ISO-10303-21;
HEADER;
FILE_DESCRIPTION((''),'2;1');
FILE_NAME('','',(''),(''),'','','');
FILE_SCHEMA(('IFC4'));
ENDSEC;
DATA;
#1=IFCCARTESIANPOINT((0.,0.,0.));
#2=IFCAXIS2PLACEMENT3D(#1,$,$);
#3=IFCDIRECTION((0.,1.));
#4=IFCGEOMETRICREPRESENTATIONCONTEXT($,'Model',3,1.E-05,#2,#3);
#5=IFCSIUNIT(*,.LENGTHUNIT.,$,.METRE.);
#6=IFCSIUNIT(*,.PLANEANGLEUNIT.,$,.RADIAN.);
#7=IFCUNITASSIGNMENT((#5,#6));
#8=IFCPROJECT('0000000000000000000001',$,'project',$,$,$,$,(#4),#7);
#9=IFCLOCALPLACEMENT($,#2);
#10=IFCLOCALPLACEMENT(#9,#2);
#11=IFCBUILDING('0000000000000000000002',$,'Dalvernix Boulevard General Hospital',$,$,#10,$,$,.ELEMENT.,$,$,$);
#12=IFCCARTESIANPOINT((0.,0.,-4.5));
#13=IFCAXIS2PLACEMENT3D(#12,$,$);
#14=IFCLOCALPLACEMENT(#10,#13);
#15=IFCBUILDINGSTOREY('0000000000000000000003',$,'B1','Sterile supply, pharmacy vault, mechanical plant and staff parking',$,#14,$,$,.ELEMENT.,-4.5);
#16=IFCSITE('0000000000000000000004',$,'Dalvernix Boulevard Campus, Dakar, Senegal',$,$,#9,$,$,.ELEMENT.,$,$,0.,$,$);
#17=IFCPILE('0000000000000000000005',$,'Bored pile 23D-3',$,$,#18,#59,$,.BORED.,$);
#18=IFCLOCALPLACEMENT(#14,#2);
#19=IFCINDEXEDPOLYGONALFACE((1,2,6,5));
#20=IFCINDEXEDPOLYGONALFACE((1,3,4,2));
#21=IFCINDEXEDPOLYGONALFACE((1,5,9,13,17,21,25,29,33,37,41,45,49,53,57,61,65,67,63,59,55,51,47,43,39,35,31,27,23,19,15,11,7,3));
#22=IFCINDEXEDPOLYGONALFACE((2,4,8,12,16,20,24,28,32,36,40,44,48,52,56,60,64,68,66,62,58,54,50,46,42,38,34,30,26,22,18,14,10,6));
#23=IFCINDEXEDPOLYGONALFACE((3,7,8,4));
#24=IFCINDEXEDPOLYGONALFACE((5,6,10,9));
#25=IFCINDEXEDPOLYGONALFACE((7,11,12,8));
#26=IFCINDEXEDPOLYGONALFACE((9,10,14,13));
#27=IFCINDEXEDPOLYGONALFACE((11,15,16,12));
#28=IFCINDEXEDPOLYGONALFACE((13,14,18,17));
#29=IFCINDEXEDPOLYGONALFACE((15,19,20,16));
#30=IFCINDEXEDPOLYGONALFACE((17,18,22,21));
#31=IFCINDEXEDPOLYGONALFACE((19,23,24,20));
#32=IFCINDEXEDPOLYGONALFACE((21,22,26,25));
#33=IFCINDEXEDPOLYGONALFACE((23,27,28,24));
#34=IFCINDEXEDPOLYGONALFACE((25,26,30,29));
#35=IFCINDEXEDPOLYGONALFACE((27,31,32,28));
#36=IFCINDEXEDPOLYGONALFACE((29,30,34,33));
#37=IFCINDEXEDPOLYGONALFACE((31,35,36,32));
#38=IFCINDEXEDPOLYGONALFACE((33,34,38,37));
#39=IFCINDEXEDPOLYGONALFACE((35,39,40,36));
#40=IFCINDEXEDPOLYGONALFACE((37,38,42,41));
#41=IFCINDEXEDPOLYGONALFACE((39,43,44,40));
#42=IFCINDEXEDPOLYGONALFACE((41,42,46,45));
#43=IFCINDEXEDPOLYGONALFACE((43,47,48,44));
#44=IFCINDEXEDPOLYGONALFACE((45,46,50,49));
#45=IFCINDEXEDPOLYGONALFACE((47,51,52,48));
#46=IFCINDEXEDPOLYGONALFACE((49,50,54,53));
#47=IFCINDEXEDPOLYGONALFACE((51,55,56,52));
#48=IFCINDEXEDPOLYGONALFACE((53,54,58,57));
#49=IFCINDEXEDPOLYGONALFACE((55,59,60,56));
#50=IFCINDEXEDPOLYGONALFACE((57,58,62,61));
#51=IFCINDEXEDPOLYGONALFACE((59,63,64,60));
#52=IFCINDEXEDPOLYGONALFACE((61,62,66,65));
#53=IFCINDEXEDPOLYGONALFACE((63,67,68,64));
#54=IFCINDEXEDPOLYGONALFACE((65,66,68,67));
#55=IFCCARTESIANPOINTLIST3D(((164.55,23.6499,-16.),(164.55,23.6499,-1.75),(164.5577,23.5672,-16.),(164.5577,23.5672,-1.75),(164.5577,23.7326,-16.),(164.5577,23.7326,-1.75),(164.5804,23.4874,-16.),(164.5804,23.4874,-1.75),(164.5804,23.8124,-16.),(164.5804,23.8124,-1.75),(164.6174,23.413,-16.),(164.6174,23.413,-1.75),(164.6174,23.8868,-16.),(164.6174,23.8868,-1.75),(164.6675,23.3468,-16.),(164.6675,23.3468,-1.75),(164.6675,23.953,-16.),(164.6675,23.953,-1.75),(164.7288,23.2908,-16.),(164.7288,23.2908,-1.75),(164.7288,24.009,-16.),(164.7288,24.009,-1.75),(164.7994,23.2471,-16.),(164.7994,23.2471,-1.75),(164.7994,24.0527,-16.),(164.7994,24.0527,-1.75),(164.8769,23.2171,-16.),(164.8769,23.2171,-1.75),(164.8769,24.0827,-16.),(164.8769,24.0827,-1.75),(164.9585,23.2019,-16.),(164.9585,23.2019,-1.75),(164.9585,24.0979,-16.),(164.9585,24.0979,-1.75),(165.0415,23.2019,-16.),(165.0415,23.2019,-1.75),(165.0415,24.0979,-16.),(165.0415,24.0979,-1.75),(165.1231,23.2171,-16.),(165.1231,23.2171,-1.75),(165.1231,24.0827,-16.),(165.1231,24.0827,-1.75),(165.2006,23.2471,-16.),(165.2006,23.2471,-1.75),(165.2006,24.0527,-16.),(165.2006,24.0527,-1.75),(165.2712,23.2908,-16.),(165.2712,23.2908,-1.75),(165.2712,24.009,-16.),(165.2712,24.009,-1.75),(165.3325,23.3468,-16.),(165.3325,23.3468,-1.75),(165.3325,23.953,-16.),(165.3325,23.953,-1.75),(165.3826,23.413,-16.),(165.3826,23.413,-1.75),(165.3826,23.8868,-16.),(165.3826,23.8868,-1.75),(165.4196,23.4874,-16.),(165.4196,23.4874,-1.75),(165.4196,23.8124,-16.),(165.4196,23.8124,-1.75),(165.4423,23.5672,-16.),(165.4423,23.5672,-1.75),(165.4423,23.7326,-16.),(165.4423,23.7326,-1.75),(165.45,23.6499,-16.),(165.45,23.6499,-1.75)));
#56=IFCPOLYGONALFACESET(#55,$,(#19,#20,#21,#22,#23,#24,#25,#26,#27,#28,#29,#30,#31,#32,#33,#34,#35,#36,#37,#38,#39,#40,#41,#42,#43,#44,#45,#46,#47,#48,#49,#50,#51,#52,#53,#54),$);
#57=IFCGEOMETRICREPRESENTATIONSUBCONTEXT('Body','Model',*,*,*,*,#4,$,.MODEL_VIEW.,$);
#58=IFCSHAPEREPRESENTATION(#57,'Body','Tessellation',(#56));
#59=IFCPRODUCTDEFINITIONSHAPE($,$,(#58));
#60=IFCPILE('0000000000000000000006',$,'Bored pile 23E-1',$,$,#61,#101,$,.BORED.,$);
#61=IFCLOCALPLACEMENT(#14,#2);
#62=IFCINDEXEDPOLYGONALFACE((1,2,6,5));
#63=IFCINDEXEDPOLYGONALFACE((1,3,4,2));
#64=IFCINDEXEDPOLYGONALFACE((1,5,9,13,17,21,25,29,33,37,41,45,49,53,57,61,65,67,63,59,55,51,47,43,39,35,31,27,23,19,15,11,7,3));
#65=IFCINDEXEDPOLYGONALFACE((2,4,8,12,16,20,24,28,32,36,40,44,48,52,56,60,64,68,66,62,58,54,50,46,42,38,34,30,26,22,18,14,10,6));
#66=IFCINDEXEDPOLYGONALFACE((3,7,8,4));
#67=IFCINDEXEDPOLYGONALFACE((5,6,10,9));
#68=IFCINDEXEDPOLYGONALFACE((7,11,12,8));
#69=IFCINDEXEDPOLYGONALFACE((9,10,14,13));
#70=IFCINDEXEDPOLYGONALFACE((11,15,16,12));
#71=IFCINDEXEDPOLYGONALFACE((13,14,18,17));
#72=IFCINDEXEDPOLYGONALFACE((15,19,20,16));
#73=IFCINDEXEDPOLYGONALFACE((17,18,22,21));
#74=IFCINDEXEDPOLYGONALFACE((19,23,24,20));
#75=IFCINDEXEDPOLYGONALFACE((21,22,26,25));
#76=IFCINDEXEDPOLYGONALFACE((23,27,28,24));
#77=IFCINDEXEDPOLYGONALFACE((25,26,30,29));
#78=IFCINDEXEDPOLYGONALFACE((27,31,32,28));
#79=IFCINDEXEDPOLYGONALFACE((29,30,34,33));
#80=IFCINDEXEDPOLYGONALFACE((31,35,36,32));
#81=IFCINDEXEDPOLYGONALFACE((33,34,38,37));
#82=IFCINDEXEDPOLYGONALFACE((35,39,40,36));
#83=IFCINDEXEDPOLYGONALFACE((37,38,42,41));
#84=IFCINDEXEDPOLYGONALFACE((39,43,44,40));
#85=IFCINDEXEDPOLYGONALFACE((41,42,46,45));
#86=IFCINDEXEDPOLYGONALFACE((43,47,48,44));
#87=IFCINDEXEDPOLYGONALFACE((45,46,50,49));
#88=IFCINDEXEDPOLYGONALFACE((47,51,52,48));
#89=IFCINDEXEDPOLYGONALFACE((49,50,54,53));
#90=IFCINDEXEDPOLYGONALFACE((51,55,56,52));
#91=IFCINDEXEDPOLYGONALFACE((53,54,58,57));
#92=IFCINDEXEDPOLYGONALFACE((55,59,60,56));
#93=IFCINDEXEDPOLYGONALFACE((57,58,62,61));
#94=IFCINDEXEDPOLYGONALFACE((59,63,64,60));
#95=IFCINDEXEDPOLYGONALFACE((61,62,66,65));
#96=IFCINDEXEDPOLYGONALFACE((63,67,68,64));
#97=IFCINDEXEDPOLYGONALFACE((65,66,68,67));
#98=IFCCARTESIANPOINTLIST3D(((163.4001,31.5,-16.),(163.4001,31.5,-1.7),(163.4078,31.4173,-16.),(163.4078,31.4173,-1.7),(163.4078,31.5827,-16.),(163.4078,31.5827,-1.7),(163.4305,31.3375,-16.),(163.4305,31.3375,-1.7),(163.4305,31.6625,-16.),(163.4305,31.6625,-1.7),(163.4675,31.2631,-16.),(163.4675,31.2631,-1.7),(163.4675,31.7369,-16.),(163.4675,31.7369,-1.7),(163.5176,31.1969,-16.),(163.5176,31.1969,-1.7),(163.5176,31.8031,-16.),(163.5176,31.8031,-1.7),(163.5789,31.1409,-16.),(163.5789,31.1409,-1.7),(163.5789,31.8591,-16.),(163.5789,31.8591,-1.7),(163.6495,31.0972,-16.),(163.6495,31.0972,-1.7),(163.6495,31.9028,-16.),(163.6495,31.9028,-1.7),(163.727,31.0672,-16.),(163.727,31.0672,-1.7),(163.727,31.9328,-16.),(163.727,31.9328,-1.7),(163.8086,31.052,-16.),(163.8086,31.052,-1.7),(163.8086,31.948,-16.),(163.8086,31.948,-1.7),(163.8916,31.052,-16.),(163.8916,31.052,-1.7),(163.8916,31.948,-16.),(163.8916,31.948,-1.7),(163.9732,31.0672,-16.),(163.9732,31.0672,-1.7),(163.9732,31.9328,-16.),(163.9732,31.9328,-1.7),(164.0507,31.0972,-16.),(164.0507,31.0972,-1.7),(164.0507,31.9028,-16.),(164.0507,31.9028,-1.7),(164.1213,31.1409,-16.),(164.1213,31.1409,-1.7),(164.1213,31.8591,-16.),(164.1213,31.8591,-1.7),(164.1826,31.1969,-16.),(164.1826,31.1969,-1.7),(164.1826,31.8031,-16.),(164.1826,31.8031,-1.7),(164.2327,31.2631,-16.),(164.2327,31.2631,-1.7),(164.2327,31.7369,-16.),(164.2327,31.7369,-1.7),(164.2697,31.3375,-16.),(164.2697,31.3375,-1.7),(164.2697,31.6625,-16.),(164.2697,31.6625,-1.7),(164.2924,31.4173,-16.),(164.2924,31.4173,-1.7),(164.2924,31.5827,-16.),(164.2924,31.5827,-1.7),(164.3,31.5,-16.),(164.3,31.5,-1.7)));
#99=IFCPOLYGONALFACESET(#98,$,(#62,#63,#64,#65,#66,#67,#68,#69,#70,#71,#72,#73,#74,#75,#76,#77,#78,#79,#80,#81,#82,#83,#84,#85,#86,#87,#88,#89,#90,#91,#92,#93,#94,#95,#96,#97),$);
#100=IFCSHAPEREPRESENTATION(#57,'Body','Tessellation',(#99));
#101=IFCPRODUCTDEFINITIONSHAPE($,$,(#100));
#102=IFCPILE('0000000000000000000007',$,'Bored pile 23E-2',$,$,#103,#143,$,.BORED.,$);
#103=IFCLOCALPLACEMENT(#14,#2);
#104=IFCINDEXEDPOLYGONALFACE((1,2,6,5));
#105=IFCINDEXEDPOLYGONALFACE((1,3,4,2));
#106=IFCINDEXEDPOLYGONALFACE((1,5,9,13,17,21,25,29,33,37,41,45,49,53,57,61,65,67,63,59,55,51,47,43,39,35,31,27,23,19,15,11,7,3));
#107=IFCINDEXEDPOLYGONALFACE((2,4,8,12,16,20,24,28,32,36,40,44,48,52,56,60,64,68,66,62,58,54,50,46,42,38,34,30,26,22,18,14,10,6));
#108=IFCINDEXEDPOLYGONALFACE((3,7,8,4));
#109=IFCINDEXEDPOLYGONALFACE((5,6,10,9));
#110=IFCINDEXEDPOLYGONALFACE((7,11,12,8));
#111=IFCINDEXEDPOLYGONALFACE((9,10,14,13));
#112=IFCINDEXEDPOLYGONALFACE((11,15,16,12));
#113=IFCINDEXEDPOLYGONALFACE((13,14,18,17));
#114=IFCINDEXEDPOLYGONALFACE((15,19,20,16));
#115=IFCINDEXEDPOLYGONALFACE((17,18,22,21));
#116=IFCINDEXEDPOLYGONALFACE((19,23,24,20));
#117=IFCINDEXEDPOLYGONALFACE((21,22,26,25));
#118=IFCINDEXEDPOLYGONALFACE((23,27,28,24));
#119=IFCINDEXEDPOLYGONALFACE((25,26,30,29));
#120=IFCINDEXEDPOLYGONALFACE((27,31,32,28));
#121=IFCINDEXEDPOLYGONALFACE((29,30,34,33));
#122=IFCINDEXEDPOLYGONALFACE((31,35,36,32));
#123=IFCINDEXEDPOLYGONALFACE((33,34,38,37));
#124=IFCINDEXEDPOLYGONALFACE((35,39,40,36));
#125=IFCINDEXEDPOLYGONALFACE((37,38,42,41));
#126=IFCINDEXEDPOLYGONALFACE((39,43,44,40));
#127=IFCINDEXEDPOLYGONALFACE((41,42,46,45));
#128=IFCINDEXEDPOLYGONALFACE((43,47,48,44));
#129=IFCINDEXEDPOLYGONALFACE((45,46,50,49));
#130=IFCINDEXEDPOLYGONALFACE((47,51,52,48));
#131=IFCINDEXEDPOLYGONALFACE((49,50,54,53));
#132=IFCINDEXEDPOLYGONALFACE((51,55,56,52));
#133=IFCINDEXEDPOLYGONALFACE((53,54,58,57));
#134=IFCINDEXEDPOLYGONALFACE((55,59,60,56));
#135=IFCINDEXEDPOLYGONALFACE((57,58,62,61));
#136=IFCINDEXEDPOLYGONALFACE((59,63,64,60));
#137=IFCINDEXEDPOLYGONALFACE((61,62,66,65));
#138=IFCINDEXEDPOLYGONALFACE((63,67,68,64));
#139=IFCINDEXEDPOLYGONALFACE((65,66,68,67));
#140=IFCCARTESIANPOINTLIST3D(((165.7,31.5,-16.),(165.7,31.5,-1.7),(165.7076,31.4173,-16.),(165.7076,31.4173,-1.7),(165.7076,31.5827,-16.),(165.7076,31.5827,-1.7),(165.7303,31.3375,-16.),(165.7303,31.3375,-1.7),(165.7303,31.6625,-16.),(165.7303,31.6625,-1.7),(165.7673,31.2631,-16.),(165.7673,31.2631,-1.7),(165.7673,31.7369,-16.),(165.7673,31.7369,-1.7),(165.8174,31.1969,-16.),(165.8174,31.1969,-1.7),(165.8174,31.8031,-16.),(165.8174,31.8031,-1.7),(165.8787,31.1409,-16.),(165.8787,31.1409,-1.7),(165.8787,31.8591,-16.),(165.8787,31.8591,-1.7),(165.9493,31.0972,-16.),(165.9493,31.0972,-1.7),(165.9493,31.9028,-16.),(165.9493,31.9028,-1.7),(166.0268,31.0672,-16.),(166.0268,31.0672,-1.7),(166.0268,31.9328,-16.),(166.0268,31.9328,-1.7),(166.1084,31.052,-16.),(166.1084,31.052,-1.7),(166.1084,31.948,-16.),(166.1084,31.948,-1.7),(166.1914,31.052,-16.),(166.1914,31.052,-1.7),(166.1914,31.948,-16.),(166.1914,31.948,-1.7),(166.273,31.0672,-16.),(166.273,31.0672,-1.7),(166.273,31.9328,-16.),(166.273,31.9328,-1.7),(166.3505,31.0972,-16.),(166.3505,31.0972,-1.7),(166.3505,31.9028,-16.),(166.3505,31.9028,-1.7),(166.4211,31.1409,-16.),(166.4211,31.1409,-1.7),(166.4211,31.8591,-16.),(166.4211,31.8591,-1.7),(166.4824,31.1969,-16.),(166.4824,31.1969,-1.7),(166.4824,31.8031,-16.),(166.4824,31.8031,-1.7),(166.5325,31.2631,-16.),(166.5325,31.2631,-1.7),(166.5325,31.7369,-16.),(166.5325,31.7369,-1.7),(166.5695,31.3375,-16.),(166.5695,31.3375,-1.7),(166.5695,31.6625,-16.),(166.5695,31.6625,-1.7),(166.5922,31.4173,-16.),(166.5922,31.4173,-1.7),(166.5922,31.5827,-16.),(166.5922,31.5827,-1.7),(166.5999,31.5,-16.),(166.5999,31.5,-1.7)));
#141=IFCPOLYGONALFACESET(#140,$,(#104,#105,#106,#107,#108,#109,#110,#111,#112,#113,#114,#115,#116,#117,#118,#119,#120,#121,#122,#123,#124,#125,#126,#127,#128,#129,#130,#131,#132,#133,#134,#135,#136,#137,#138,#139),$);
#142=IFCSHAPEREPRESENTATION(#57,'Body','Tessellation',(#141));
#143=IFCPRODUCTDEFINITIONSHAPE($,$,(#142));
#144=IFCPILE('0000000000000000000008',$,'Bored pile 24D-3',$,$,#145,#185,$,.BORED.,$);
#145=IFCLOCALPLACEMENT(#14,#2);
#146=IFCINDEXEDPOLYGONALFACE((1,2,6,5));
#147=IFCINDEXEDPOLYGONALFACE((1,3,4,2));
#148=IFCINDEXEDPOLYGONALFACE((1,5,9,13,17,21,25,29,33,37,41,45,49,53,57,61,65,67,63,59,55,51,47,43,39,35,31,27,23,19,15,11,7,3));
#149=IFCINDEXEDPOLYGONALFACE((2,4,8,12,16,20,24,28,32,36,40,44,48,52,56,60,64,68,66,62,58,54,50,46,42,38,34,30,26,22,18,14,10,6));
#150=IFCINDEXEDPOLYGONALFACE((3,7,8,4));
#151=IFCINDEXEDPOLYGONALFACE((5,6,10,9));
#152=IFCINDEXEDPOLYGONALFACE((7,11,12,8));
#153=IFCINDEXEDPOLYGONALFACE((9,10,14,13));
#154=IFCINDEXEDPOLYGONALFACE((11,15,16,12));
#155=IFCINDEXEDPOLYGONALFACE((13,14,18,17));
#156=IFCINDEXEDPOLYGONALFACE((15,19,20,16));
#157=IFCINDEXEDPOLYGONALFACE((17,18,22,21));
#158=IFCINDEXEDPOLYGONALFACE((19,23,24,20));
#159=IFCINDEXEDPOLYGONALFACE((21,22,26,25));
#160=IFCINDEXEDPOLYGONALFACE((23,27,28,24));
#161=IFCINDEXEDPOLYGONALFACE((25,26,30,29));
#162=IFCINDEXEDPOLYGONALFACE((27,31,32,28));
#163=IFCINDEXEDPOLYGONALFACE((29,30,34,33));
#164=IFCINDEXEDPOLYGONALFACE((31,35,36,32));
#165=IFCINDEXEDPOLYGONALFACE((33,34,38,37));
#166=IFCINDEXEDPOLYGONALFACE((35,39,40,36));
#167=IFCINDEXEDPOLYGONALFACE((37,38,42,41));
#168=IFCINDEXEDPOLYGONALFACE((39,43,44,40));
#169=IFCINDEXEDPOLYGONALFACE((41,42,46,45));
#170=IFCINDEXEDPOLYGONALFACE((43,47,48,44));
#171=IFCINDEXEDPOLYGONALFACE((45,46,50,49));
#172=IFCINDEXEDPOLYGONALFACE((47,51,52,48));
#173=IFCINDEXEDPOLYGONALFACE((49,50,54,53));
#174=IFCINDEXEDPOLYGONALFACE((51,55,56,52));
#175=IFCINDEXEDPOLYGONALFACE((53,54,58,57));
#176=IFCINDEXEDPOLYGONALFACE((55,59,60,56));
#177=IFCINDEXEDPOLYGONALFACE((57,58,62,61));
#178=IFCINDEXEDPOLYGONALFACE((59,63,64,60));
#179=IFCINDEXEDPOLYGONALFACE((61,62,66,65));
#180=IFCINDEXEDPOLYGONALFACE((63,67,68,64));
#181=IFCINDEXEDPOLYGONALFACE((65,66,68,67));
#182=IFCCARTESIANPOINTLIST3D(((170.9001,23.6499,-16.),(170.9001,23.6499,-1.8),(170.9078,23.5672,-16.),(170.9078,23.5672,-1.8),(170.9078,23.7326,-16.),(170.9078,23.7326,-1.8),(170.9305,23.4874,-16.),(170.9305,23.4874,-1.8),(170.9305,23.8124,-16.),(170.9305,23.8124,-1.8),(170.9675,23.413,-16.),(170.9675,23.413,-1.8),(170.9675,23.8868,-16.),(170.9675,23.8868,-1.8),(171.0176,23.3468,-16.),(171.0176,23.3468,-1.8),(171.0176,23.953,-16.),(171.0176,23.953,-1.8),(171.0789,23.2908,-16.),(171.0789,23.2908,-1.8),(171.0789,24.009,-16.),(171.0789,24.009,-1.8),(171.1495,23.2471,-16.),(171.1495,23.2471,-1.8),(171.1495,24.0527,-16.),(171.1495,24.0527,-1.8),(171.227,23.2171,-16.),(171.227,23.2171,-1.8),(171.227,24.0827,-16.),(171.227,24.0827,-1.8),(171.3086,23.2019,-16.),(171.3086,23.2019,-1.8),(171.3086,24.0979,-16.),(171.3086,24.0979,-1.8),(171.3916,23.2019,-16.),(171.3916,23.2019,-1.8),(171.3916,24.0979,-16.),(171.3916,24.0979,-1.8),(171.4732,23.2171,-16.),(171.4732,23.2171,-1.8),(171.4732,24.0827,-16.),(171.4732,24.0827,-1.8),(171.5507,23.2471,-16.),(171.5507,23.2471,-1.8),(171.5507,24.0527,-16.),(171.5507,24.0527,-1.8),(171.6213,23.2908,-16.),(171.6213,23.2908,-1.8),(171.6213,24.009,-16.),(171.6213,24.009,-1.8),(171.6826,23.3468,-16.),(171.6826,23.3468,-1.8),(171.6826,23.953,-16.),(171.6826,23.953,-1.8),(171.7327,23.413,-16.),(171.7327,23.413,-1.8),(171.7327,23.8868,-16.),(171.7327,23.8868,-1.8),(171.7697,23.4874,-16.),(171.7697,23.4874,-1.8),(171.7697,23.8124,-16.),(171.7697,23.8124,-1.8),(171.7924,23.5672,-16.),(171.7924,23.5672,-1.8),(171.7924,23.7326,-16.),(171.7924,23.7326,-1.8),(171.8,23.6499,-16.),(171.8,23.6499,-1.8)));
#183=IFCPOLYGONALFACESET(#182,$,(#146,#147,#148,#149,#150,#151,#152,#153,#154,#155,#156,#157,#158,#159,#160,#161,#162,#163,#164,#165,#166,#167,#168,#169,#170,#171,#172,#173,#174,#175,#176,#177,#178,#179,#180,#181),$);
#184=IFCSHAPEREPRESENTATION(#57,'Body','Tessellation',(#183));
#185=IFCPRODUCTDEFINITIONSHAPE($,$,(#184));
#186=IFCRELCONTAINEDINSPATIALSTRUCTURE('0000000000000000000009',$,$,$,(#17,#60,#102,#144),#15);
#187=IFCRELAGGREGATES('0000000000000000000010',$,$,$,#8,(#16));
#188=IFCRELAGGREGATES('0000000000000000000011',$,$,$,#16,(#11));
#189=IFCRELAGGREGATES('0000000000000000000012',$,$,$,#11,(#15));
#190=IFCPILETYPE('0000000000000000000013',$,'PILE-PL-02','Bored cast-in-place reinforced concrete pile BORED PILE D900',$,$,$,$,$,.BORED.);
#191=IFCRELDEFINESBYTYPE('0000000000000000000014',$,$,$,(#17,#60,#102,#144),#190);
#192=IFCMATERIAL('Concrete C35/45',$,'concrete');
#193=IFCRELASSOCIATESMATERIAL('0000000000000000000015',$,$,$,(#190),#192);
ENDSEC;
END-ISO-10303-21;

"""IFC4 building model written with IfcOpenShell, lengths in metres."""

from ifc_helpers import new_model, si_unit, direction, frame, origin, origin_2d, place, context, subcontext, project, spatial, circle, extrude, material, material_profile, profile_set, type_object, element, save


model = new_model("IFC4")

# Units and contexts
model_context = context("Model", 3, precision=1e-05, world=origin(), true_north=direction((0.0, 1.0)))
body_context = subcontext(model_context, "Body", "Model", "MODEL_VIEW")
ifc_project = project(units=[si_unit("LENGTHUNIT", "METRE"), si_unit("PLANEANGLEUNIT", "RADIAN")], contexts=[model_context])

# Site, building, storey
site_placement = place(None, origin())
site = spatial("IfcSite", under=ifc_project, at=site_placement, Name="Dalvernix Boulevard Campus, Dakar, Senegal", CompositionType="ELEMENT", RefElevation=0.0)
building_placement = place(site_placement, origin())
building = spatial("IfcBuilding", under=site, at=building_placement, Name="Dalvernix Boulevard General Hospital", CompositionType="ELEMENT")
storey_placement = place(building_placement, frame((0.0, 0.0, -4.5)))
storey = spatial("IfcBuildingStorey", under=building, at=storey_placement, Name="B1", Description="Sterile supply, pharmacy vault, mechanical plant and staff parking", CompositionType="ELEMENT", Elevation=-4.5)

# Shared definitions
ifc_material_1 = material(Name="Concrete C35/45", Category="concrete")

# Piles
ifc_material_profile_1 = material_profile(ifc_material_1, circle(Radius=0.45, at=origin_2d()), Name="BORED PILE D900")
ifc_profile_set_1 = profile_set([ifc_material_profile_1], Name="Concrete C35/45")
pile_type = type_object("IfcPileType", Name="PILE-PL-02", Description="Bored cast-in-place reinforced concrete pile BORED PILE D900", PredefinedType="BORED", material=ifc_profile_set_1)
pile_1_placement = place(storey_placement, frame((165.0, 23.6499, -1.75), z_axis=(0.0, 0.0, -1.0), x_axis=(1.0, 0.0, 0.0)))
element("IfcPile", 1, at=pile_1_placement, inside=storey, type_object=pile_type, Name="Bored pile 23D-3", PredefinedType="BORED", context=body_context, shape_type="SweptSolid", body=[
    extrude(circle(Radius=0.45, at=origin_2d()), origin(), (0.0, 0.0, 1.0), 14.25),
])
for number, where, z_axis, x_axis, name in (
    (2, (163.8501, 31.5, -1.7), (0.0, 0.0, -1.0), (1.0, 0.0, 0.0), "Bored pile 23E-1"),
    (3, (166.1499, 31.5, -1.7), (0.0, 0.0, -1.0), (1.0, 0.0, 0.0), "Bored pile 23E-2"),
):
    element("IfcPile", number, at=place(storey_placement, frame(where, z_axis=z_axis, x_axis=x_axis)), inside=storey, type_object=pile_type, Name=name, PredefinedType="BORED", context=body_context, shape_type="SweptSolid", body=[
        extrude(circle(Radius=0.45, at=origin_2d()), origin(), (0.0, 0.0, 1.0), 14.3),
    ])
for number, where, z_axis, x_axis, name in (
    (4, (171.3501, 23.6499, -1.8), (0.0, 0.0, -1.0), (1.0, 0.0, 0.0), "Bored pile 24D-3"),
):
    element("IfcPile", number, at=place(storey_placement, frame(where, z_axis=z_axis, x_axis=x_axis)), inside=storey, type_object=pile_type, Name=name, PredefinedType="BORED", context=body_context, shape_type="SweptSolid", body=[
        extrude(circle(Radius=0.45, at=origin_2d()), origin(), (0.0, 0.0, 1.0), 14.2),
    ])

save(model, "model.ifc")
